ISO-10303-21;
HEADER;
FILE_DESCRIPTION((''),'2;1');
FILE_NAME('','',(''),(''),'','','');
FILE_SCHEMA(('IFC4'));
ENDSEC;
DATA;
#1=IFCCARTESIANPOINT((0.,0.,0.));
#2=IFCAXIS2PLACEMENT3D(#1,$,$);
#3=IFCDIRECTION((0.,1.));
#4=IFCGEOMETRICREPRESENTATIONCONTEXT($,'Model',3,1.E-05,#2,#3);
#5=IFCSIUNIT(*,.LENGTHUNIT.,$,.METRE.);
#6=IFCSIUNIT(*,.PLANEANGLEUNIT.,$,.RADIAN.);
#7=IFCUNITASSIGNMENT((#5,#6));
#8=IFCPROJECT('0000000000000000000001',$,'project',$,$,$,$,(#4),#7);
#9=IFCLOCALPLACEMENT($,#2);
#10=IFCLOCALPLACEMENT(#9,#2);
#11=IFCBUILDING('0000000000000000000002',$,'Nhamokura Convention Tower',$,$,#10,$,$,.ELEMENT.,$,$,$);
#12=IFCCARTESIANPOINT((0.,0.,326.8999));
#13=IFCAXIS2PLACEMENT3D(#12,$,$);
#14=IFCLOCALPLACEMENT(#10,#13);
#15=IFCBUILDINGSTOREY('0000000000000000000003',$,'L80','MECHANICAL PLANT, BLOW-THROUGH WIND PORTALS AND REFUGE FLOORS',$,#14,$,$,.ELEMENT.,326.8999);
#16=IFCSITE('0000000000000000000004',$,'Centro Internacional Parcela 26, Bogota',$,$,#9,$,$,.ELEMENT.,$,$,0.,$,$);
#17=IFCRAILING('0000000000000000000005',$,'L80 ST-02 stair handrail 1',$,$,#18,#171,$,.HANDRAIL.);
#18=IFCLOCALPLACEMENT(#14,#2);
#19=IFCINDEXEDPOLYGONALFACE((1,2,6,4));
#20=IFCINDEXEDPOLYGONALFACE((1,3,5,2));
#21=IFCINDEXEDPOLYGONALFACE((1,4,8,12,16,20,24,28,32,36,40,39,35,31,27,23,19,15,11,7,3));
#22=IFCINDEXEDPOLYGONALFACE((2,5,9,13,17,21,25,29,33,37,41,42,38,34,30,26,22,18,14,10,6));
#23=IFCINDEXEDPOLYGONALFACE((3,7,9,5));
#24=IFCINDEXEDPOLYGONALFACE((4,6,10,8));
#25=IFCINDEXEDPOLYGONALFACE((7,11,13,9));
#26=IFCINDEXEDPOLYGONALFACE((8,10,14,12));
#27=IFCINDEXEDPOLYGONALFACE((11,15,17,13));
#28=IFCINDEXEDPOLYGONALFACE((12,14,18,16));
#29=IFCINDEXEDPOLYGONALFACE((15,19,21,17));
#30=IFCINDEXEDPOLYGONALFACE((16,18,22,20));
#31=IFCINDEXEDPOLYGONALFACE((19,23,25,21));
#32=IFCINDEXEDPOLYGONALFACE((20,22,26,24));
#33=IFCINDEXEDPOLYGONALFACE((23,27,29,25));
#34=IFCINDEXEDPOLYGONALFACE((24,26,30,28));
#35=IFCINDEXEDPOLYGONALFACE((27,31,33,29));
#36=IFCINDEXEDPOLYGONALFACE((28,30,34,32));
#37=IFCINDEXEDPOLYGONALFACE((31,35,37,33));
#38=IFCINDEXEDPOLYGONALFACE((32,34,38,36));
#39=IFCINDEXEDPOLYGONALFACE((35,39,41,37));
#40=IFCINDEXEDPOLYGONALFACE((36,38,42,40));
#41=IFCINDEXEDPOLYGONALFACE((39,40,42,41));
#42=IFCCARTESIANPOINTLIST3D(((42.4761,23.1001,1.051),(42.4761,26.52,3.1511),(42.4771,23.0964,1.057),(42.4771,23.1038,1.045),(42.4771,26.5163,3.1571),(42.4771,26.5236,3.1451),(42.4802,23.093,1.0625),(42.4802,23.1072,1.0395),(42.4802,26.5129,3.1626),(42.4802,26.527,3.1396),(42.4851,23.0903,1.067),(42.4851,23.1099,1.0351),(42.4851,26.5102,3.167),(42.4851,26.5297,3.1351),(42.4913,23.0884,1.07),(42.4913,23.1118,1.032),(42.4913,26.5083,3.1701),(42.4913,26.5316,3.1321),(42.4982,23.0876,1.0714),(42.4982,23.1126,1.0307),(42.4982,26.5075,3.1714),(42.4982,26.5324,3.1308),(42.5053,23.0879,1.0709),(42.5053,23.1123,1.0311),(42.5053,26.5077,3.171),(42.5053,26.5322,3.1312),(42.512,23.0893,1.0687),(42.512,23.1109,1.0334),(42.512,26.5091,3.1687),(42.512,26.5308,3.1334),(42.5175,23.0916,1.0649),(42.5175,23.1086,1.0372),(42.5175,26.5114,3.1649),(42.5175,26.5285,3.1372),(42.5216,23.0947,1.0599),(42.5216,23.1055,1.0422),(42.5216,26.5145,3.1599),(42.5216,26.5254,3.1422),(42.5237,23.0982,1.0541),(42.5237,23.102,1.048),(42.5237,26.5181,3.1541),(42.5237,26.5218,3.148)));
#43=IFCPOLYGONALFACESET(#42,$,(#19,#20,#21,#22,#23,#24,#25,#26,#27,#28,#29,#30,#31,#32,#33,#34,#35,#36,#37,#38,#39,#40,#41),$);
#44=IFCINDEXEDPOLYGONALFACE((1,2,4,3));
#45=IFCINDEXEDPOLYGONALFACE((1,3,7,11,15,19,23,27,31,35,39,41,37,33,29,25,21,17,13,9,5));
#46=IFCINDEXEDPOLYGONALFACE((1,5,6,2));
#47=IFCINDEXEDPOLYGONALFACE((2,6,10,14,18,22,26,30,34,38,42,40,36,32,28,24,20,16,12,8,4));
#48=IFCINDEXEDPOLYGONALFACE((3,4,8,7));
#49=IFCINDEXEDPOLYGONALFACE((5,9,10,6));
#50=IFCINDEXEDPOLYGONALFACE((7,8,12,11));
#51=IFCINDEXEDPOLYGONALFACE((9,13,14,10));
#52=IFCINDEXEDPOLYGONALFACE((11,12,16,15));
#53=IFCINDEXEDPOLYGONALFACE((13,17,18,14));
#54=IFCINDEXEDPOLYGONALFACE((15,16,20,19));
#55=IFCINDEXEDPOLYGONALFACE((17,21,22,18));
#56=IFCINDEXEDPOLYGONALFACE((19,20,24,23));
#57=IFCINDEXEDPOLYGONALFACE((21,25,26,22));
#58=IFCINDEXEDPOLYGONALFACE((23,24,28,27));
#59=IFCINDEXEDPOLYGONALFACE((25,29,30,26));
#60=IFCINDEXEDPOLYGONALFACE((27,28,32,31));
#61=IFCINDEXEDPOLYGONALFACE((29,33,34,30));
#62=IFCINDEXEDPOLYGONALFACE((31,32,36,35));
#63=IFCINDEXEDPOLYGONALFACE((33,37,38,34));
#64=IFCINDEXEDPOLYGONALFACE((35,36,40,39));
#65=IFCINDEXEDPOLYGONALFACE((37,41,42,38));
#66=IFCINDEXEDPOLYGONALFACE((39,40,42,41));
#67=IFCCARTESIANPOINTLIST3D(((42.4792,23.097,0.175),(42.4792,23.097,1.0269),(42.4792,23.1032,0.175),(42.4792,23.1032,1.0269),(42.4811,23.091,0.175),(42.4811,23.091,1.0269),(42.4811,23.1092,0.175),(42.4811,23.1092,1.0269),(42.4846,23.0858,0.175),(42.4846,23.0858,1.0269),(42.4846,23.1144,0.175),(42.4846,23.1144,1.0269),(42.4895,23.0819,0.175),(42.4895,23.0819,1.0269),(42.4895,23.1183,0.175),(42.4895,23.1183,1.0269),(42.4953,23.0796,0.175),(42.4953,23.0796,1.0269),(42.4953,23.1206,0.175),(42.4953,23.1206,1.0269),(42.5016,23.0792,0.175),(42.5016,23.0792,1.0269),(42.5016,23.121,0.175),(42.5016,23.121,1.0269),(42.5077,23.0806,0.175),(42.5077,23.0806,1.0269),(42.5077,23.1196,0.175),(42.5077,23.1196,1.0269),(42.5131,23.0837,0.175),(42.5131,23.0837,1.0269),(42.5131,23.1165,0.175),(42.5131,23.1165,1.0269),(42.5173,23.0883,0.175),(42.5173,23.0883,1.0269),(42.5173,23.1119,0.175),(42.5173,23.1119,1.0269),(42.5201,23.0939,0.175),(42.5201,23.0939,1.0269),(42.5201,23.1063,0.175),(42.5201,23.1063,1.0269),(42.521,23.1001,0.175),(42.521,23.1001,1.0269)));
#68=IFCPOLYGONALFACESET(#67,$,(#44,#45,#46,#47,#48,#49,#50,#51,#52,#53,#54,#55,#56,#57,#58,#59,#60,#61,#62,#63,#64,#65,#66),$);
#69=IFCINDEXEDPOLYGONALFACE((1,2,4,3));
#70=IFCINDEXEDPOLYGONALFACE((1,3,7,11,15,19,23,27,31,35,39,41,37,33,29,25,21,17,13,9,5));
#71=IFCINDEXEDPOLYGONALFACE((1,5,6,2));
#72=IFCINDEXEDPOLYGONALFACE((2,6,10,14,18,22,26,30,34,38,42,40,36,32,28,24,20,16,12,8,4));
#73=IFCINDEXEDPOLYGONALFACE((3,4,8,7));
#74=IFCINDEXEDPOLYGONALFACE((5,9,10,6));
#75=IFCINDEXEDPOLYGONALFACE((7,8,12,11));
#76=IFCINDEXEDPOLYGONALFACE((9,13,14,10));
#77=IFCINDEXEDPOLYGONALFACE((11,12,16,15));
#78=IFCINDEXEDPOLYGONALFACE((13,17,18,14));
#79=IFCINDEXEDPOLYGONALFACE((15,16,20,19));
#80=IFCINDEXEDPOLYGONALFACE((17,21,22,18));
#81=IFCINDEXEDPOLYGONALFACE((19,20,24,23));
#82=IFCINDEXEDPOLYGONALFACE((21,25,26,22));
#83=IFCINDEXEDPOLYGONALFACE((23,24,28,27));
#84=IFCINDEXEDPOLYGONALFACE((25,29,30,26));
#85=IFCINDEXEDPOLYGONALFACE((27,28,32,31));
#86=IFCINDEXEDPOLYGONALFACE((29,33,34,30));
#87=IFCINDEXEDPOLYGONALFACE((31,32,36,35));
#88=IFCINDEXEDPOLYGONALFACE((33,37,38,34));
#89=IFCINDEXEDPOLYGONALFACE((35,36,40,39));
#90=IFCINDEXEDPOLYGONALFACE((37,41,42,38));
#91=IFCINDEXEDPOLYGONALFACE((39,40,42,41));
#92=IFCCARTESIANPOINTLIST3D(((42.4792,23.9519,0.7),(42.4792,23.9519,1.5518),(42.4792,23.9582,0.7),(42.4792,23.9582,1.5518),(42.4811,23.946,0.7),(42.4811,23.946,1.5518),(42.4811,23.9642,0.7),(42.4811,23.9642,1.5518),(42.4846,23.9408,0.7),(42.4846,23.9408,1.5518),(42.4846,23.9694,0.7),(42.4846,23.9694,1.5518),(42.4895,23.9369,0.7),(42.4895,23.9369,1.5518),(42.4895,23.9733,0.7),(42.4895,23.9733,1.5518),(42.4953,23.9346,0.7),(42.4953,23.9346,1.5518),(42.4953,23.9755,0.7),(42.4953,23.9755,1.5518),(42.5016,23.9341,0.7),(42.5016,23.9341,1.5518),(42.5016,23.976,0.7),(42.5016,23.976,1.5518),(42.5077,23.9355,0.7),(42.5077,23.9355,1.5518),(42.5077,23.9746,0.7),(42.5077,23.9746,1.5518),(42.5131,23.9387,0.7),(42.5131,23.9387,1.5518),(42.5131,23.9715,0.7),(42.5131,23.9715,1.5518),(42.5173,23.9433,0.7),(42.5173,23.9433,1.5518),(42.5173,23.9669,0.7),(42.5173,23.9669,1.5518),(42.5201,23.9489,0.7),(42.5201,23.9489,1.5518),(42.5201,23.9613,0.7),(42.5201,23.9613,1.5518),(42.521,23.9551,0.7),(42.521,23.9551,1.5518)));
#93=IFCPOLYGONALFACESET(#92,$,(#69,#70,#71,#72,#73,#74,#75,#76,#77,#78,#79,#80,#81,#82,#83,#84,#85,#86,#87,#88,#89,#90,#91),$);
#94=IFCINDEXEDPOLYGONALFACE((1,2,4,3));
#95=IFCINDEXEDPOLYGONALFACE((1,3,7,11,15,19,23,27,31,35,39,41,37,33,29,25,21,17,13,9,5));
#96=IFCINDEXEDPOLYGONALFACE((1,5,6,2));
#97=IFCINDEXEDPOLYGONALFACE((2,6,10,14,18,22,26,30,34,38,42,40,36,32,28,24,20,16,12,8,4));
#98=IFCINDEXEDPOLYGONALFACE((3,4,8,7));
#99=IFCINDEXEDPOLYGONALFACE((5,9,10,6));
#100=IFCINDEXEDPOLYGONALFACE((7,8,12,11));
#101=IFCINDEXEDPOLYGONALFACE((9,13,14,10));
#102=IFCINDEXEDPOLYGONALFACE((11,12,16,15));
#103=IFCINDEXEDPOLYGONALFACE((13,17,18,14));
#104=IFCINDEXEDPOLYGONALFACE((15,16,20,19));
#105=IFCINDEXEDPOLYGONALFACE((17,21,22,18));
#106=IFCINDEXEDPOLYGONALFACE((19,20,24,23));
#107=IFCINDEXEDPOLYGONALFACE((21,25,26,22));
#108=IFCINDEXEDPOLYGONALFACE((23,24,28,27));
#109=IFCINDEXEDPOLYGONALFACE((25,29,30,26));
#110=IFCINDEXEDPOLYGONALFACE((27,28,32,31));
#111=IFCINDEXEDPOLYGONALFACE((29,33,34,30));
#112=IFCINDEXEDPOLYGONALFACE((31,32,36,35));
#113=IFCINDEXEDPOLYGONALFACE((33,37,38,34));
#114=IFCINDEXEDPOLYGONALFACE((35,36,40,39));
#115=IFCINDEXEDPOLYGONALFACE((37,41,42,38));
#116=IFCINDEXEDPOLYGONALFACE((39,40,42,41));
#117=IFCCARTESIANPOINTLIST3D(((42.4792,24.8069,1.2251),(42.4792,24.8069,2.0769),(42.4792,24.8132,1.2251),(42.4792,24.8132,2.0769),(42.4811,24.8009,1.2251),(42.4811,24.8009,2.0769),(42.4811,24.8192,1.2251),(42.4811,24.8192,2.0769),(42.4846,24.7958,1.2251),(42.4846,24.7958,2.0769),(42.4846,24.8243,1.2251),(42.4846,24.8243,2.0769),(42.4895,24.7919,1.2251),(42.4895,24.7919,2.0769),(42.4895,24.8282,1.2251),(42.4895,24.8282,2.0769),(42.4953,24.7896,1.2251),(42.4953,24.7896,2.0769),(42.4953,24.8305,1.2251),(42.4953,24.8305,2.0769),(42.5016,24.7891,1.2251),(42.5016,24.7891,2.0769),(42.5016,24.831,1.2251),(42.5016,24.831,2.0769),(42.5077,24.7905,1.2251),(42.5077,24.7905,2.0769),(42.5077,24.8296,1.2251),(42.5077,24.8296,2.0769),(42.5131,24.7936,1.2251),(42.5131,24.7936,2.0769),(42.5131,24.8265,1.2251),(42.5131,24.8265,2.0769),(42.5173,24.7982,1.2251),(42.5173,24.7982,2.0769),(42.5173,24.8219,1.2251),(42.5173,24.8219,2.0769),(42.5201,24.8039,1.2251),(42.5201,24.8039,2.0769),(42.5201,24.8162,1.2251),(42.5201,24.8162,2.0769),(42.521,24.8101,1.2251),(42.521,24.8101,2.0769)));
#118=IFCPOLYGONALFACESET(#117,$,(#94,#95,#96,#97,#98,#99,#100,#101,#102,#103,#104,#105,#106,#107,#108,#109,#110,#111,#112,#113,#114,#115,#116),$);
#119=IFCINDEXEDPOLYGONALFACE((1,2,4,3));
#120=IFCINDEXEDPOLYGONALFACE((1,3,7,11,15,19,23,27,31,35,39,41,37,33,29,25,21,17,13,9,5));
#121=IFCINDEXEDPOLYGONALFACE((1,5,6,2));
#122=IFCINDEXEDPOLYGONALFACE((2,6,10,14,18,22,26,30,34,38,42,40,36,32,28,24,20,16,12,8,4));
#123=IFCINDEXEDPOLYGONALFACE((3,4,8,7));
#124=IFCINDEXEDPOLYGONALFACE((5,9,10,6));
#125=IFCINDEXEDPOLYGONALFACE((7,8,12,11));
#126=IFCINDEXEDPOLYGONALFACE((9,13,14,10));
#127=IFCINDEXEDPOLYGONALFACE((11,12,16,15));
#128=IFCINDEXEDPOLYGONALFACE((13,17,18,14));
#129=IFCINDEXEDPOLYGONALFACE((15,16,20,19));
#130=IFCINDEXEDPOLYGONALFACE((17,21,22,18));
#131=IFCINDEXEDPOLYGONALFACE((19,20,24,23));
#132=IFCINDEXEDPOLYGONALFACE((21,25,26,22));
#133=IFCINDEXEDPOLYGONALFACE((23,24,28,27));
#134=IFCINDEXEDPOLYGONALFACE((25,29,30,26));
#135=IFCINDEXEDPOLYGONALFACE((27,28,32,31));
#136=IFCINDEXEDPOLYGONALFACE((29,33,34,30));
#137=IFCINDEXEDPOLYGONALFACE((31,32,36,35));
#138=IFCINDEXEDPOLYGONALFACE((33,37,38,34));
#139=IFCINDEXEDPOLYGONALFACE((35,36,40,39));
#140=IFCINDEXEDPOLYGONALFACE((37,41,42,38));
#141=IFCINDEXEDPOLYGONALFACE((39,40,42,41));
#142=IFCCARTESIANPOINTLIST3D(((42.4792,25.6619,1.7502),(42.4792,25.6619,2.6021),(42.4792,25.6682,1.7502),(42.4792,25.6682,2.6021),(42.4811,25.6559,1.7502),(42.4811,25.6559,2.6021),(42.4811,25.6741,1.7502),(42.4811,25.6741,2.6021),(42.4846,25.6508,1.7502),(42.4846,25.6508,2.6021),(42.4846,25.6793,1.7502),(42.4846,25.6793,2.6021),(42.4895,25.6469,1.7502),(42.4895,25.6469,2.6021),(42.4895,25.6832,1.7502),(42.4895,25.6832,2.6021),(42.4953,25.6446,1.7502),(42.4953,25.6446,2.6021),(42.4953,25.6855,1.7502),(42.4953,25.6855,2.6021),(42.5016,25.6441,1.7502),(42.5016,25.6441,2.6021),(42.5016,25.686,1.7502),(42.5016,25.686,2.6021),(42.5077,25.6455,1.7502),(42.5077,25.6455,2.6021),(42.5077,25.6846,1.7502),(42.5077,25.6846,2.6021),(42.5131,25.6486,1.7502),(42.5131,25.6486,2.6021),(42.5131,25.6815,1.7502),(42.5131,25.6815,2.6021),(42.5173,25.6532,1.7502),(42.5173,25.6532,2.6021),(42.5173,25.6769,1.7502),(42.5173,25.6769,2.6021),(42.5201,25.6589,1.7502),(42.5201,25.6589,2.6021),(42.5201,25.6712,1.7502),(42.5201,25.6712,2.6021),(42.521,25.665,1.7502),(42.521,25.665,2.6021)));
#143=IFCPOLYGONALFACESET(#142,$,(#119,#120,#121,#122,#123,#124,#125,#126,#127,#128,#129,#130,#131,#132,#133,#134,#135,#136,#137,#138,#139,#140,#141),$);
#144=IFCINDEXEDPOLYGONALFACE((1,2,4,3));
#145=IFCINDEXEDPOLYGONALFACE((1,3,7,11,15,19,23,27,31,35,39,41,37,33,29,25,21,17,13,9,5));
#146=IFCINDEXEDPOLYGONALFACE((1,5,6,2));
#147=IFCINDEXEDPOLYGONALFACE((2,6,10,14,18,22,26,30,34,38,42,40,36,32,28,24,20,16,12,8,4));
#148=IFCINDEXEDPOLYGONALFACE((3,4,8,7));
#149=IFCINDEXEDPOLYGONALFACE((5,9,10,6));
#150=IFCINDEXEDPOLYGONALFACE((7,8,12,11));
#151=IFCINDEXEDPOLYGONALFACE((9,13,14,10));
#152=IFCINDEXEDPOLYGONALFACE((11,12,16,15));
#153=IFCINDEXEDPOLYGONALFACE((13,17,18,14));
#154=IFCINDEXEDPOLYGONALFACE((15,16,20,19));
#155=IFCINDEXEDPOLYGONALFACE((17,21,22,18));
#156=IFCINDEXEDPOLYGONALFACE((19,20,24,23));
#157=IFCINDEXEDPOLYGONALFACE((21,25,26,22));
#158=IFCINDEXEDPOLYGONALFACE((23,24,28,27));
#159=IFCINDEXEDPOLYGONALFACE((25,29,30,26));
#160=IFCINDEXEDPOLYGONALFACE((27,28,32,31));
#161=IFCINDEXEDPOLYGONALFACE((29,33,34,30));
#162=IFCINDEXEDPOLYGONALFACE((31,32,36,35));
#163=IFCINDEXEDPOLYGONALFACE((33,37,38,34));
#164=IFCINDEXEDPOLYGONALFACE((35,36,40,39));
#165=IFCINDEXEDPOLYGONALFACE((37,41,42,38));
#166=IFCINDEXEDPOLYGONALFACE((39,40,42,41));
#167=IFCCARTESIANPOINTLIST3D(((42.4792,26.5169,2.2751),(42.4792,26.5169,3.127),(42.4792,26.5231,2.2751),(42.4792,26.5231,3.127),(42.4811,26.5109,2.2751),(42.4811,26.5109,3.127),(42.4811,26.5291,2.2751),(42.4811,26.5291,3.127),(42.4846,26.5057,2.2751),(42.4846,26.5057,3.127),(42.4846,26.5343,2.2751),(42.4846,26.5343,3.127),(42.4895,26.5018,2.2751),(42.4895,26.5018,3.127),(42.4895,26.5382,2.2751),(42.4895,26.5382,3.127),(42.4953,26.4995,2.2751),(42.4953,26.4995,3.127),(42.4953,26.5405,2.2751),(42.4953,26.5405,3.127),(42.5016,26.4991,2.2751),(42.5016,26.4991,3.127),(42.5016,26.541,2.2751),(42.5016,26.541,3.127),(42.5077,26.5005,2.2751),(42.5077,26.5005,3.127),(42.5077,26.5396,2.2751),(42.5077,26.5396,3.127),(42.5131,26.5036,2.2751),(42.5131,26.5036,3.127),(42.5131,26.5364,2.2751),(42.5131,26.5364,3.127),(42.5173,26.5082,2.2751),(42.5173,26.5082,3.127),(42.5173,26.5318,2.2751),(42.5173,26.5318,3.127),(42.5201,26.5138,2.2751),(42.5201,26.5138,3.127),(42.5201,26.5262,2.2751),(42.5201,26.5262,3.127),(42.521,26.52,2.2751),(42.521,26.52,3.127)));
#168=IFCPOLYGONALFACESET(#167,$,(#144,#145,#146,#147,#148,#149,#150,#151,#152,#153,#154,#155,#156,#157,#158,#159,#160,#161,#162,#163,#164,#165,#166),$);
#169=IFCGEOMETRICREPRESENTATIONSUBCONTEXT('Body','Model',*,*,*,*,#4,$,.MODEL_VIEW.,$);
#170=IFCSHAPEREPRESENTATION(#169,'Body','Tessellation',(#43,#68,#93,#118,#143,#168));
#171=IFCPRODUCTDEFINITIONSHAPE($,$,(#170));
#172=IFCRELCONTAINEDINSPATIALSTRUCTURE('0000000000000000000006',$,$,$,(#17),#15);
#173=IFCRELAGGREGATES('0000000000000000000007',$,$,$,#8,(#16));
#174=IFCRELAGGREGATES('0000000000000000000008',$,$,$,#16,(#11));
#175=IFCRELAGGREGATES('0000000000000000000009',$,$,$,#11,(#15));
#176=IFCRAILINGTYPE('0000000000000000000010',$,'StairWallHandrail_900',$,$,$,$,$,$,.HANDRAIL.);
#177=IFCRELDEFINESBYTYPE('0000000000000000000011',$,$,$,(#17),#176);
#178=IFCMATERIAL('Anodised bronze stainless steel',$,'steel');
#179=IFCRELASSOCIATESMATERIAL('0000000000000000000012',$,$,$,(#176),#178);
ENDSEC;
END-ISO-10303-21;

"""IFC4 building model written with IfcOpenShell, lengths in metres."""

from ifc_helpers import new_model, si_unit, direction, frame, origin, origin_2d, place, context, subcontext, project, spatial, circle, extrude, material, type_object, element, save


model = new_model("IFC4")

# Units and contexts
model_context = context("Model", 3, precision=1e-05, world=origin(), true_north=direction((0.0, 1.0)))
body_context = subcontext(model_context, "Body", "Model", "MODEL_VIEW")
ifc_project = project(units=[si_unit("LENGTHUNIT", "METRE"), si_unit("PLANEANGLEUNIT", "RADIAN")], contexts=[model_context])

# Site, building, storey
site_placement = place(None, origin())
site = spatial("IfcSite", under=ifc_project, at=site_placement, Name="Centro Internacional Parcela 26, Bogota", CompositionType="ELEMENT", RefElevation=0.0)
building_placement = place(site_placement, origin())
building = spatial("IfcBuilding", under=site, at=building_placement, Name="Nhamokura Convention Tower", CompositionType="ELEMENT")
storey_placement = place(building_placement, frame((0.0, 0.0, 326.8999)))
storey = spatial("IfcBuildingStorey", under=building, at=storey_placement, Name="L80", Description="MECHANICAL PLANT, BLOW-THROUGH WIND PORTALS AND REFUGE FLOORS", CompositionType="ELEMENT", Elevation=326.8999)

# Railing
ifc_material_1 = material(Name="Anodised bronze stainless steel", Category="steel")
railing_type_1 = type_object("IfcRailingType", Name="StairWallHandrail_900", PredefinedType="HANDRAIL", material=ifc_material_1)
railing_1_placement = place(storey_placement, frame((42.5, 23.1001, 0.175)))
element("IfcRailing", 1, at=railing_1_placement, inside=storey, type_object=railing_type_1, Name="L80 ST-02 stair handrail 1", PredefinedType="HANDRAIL", context=body_context, shape_type="SweptSolid", body=[
    extrude(circle(Radius=0.0239, at=origin_2d()), frame((0.0, 0.0, 0.876), z_axis=(0.0, 0.852155, 0.523289), x_axis=(-1.0, 0.0, 0.0)), (0.0, 0.0, 1.0), 4.0132),
    extrude(circle(Radius=0.021, at=origin_2d()), origin(), (0.0, 0.0, 1.0), 0.8518),
    extrude(circle(Radius=0.021, at=origin_2d()), frame((0.0, 0.855, 0.5249)), (0.0, 0.0, 1.0), 0.8518),
    extrude(circle(Radius=0.021, at=origin_2d()), frame((0.0, 1.71, 1.05)), (0.0, 0.0, 1.0), 0.8518),
    extrude(circle(Radius=0.021, at=origin_2d()), frame((0.0, 2.5649, 1.5752)), (0.0, 0.0, 1.0), 0.8518),
    extrude(circle(Radius=0.021, at=origin_2d()), frame((0.0, 3.4199, 2.1001)), (0.0, 0.0, 1.0), 0.8518),
])

save(model, "model.ifc")
